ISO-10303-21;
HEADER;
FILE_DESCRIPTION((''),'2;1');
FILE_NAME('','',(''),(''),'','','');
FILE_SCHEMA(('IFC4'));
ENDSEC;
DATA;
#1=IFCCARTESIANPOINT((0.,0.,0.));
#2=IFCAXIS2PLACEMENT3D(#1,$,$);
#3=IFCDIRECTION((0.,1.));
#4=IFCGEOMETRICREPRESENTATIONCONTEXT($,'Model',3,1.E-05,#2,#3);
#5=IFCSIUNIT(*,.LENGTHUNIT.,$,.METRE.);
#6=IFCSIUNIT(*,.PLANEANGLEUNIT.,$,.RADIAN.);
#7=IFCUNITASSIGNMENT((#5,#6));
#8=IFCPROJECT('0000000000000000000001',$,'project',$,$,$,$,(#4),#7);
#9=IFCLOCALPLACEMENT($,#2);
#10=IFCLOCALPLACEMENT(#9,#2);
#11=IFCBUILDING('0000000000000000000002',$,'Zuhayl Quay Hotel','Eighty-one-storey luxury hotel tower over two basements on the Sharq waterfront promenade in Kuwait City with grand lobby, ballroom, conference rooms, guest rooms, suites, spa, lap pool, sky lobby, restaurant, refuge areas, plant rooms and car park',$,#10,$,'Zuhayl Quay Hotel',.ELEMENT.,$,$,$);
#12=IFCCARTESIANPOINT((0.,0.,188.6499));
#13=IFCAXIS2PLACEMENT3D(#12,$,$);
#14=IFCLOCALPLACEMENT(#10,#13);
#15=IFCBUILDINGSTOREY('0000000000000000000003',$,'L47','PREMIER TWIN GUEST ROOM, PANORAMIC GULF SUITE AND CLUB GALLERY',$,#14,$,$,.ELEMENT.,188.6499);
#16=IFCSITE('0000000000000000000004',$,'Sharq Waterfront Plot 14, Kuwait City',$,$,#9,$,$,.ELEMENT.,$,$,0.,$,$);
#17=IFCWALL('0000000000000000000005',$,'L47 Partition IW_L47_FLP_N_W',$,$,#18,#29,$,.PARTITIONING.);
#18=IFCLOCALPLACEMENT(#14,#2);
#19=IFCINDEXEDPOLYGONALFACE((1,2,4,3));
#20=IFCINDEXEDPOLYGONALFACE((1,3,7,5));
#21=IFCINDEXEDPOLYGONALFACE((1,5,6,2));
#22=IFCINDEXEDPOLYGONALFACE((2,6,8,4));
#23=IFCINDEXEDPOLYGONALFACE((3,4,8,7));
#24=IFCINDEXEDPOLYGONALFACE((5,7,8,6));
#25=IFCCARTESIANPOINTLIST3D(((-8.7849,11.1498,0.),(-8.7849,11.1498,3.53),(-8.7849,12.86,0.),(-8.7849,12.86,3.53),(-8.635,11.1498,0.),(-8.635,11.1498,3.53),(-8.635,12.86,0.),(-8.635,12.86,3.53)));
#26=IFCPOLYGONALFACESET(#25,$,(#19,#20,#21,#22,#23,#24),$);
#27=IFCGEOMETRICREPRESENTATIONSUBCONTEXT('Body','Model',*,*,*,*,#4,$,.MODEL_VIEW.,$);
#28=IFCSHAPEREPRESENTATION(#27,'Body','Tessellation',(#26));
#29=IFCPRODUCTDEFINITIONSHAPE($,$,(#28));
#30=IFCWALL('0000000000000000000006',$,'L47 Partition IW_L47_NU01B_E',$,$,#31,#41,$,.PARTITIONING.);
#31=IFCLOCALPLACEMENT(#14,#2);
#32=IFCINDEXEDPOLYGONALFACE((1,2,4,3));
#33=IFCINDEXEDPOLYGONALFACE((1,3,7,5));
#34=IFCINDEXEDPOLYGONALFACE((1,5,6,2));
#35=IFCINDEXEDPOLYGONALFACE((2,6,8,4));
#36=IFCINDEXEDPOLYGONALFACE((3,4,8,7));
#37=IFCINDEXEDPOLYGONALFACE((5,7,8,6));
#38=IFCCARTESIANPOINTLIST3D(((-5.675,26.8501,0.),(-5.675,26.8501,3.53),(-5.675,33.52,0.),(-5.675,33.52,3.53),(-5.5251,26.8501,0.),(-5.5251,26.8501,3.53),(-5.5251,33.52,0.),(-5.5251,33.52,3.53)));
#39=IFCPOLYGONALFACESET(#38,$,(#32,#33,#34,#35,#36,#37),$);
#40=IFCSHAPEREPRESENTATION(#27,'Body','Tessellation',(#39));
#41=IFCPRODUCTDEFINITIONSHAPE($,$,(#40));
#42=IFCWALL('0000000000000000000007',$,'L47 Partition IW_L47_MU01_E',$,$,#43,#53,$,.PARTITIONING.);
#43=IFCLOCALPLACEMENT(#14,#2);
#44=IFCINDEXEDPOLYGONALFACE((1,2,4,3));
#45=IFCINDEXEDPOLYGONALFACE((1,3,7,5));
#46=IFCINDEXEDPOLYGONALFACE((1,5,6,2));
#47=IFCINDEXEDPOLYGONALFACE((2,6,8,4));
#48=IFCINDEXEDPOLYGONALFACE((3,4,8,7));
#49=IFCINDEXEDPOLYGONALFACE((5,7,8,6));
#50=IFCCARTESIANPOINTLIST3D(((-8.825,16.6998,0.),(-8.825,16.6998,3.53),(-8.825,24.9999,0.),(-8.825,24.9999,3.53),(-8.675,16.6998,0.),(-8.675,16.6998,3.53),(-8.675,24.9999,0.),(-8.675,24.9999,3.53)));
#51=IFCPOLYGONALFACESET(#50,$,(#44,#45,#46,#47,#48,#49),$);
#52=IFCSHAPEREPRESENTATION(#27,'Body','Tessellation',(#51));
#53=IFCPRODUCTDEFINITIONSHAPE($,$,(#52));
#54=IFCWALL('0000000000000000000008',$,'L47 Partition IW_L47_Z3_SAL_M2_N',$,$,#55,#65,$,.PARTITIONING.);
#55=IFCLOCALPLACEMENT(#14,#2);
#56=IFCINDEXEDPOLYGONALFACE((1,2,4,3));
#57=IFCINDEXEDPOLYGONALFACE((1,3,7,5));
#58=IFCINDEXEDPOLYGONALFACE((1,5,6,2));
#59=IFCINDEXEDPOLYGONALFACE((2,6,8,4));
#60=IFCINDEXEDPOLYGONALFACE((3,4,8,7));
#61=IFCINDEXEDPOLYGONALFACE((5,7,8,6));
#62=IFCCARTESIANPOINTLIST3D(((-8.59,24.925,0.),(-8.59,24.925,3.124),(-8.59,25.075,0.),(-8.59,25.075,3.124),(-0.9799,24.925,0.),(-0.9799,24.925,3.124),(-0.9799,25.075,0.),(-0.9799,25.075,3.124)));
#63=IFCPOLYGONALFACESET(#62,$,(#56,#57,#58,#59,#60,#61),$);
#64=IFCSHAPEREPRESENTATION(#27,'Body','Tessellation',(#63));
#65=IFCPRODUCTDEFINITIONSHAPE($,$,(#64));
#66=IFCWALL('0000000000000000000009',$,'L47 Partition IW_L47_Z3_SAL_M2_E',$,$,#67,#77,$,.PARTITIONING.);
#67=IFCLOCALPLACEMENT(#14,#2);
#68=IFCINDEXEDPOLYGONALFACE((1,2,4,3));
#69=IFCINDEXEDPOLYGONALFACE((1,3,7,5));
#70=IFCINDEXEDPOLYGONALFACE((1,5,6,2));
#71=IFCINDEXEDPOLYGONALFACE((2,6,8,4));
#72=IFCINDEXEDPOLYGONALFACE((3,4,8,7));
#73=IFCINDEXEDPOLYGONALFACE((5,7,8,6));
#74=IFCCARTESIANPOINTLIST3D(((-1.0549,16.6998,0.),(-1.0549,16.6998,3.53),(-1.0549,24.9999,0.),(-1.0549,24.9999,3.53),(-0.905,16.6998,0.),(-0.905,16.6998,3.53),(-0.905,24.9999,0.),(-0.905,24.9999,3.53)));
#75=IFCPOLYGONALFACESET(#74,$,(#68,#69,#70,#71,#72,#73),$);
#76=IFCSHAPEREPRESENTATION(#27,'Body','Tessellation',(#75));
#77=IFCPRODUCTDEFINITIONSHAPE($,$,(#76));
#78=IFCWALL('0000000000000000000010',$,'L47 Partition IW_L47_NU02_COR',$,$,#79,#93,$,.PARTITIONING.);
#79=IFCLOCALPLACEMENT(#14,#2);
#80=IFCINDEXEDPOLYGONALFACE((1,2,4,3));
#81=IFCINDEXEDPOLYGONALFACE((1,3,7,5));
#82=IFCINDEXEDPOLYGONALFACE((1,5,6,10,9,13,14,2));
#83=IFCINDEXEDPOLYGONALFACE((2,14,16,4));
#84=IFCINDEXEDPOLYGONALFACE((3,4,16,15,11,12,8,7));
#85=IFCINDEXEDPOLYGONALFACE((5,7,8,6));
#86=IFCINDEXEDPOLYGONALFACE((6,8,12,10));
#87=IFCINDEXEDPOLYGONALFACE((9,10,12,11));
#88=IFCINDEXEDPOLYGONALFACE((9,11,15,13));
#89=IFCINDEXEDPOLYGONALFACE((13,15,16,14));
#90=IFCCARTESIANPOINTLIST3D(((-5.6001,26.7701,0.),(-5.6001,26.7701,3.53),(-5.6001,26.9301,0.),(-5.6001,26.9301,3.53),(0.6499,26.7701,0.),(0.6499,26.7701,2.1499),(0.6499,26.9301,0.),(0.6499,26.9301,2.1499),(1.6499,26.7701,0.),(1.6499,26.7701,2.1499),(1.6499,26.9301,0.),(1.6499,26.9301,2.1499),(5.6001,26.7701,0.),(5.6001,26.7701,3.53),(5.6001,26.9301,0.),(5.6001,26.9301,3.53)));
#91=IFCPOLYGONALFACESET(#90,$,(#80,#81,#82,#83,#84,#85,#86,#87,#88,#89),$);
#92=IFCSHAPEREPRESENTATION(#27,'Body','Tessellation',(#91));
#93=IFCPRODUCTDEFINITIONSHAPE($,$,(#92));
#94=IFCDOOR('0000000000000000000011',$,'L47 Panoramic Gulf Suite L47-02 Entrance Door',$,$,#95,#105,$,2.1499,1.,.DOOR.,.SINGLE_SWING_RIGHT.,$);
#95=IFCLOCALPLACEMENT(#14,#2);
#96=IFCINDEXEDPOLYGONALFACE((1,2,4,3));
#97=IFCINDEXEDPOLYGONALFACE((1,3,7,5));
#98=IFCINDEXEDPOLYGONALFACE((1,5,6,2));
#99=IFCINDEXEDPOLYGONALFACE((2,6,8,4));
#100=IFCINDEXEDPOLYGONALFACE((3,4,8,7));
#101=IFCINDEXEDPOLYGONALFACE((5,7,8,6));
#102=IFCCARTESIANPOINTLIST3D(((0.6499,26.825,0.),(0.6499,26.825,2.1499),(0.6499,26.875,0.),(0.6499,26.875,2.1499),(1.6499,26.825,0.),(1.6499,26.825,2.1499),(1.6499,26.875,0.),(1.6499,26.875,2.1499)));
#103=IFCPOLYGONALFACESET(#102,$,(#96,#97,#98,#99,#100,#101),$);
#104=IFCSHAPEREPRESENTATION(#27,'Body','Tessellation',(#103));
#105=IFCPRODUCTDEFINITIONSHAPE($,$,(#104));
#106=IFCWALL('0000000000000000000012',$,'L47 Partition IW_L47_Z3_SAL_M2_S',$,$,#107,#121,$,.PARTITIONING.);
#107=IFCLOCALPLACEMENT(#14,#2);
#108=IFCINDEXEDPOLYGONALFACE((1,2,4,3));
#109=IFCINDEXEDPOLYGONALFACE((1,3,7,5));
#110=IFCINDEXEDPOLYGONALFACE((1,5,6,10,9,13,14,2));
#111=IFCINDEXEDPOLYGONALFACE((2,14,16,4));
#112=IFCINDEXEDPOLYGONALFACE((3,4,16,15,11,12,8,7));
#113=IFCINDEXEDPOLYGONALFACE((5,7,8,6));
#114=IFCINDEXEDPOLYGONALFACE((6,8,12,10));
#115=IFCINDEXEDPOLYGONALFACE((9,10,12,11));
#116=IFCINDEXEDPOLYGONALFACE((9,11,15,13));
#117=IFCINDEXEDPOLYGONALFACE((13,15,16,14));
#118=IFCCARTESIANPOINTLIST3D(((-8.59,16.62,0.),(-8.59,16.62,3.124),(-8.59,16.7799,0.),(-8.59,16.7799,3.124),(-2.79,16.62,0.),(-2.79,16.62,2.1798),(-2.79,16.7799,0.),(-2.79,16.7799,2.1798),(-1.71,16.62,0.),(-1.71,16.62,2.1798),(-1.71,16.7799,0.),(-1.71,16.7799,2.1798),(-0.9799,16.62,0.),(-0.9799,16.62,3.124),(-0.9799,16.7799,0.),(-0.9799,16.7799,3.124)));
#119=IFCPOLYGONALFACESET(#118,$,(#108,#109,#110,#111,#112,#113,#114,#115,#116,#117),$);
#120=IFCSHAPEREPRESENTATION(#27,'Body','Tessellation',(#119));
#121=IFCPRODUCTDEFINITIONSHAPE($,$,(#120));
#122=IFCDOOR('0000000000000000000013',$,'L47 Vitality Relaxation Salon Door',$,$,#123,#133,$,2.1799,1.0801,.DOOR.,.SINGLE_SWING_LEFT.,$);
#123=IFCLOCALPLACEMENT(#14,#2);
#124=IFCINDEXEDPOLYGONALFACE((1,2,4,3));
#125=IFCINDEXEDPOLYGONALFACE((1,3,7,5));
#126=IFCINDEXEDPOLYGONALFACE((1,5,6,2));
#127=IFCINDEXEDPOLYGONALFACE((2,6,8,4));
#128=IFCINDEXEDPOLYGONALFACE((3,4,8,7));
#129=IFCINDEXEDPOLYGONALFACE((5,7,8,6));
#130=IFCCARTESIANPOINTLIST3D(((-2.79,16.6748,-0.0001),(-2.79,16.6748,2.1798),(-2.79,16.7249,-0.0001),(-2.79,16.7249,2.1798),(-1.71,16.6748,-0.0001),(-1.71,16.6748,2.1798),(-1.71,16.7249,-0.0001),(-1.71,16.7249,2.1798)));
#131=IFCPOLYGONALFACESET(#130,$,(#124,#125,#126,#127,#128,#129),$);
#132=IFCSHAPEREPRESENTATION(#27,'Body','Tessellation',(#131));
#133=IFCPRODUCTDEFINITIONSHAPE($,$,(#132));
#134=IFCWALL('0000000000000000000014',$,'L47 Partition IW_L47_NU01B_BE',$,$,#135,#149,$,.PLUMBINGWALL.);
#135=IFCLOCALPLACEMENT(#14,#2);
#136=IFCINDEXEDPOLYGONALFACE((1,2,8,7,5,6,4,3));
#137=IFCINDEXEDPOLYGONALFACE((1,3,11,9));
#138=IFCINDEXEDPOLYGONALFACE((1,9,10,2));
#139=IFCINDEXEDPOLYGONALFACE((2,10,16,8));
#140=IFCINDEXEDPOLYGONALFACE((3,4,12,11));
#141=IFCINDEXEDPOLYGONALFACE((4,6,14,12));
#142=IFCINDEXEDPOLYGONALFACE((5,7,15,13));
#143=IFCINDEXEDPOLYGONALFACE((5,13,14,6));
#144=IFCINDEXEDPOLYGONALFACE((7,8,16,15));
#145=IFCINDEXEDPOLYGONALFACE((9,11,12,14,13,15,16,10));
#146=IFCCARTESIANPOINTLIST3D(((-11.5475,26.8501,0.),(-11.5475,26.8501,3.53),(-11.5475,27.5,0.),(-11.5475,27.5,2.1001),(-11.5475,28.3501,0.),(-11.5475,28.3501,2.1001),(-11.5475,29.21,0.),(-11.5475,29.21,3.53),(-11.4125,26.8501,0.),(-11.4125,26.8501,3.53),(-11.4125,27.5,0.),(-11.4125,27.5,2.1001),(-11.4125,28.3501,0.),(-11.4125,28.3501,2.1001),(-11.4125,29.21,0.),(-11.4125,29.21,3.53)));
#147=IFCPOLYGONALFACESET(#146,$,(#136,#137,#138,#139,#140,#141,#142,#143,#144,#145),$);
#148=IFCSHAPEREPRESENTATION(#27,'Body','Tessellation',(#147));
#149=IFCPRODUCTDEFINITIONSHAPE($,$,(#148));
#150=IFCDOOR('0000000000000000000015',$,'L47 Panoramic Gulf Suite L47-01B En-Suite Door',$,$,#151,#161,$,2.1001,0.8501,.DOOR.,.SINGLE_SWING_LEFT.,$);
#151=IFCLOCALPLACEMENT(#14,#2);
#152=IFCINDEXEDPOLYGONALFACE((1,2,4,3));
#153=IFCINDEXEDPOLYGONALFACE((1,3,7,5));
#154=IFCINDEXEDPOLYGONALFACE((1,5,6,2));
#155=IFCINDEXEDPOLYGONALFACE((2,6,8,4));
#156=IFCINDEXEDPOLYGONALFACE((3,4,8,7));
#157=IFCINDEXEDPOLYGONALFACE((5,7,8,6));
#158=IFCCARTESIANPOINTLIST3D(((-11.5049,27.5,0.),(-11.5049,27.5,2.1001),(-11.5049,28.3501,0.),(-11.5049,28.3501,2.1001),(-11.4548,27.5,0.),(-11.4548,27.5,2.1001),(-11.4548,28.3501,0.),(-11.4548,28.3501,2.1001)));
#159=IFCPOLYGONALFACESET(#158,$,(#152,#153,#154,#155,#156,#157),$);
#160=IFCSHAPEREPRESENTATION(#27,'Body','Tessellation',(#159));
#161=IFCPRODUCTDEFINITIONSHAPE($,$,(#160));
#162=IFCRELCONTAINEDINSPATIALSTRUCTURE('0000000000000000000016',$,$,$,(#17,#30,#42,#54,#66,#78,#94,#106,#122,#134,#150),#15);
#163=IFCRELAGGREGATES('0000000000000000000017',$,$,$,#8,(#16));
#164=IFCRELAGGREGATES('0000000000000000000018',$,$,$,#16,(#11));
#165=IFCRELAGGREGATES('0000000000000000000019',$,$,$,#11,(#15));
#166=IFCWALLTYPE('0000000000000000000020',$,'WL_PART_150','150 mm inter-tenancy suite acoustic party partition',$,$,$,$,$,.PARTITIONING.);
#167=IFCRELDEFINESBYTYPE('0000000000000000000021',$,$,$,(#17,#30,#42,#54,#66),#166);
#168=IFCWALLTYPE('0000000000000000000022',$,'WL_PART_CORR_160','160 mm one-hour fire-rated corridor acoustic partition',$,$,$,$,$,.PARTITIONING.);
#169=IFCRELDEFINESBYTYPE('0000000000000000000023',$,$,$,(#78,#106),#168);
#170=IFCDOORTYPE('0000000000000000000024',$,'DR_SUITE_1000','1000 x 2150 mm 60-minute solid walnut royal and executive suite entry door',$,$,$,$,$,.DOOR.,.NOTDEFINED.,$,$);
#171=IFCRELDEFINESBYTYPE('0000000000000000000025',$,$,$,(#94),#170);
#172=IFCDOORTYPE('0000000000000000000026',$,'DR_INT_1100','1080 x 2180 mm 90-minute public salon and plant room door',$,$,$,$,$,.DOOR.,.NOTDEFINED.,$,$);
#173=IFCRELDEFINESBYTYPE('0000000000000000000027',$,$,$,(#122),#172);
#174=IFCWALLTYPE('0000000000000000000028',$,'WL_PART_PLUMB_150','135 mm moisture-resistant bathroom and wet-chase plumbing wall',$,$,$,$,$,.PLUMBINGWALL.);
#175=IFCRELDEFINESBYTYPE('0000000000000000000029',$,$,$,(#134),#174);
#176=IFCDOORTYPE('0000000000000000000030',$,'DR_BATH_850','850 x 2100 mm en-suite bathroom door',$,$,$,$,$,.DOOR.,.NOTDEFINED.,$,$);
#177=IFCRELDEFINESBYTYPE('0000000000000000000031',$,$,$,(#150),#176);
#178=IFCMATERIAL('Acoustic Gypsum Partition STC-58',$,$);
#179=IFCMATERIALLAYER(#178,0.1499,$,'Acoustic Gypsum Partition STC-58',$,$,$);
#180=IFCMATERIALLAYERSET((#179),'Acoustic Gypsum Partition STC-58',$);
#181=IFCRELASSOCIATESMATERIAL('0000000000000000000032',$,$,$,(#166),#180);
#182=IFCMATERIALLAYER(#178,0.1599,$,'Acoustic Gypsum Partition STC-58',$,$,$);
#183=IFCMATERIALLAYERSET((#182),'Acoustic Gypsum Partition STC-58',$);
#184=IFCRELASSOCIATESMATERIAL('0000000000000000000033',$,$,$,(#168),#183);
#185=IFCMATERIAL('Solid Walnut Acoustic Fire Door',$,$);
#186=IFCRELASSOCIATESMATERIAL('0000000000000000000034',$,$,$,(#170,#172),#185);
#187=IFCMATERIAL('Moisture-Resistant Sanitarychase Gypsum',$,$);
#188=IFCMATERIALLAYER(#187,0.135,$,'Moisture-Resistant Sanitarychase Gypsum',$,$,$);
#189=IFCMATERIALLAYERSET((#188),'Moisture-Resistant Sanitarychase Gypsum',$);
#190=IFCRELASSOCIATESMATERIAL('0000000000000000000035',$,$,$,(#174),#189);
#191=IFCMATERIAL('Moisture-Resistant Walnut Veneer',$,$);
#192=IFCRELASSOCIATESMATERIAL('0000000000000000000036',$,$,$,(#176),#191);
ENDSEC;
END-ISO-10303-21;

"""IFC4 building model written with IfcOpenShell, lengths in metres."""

from ifc_helpers import new_model, si_unit, direction, frame, frame_2d, origin, place, context, subcontext, project, spatial, rectangle, extrude, material, layer, layer_set, type_object, element, fill, save


model = new_model("IFC4")

# Units and contexts
model_context = context("Model", 3, precision=1e-05, world=origin(), true_north=direction((0.0, 1.0)))
body_context = subcontext(model_context, "Body", "Model", "MODEL_VIEW")
ifc_project = project(units=[si_unit("LENGTHUNIT", "METRE"), si_unit("PLANEANGLEUNIT", "RADIAN")], contexts=[model_context])

# Site, building, storey
site_placement = place(None, origin())
site = spatial("IfcSite", under=ifc_project, at=site_placement, Name="Sharq Waterfront Plot 14, Kuwait City", CompositionType="ELEMENT", RefElevation=0.0)
building_placement = place(site_placement, origin())
building = spatial("IfcBuilding", under=site, at=building_placement, Name="Zuhayl Quay Hotel", Description="Eighty-one-storey luxury hotel tower over two basements on the Sharq waterfront promenade in Kuwait City with grand lobby, ballroom, conference rooms, guest rooms, suites, spa, lap pool, sky lobby, restaurant, refuge areas, plant rooms and car park", LongName="Zuhayl Quay Hotel", CompositionType="ELEMENT")
storey_placement = place(building_placement, frame((0.0, 0.0, 188.6499)))
storey = spatial("IfcBuildingStorey", under=building, at=storey_placement, Name="L47", Description="PREMIER TWIN GUEST ROOM, PANORAMIC GULF SUITE AND CLUB GALLERY", CompositionType="ELEMENT", Elevation=188.6499)

# Shared definitions
ifc_material_1 = material(Name="Acoustic Gypsum Partition STC-58")
ifc_layer_1 = layer(ifc_material_1, 0.1499, Name="Acoustic Gypsum Partition STC-58")
ifc_layer_set_1 = layer_set([ifc_layer_1], Name="Acoustic Gypsum Partition STC-58")
wall_type_1 = type_object("IfcWallType", Name="WL_PART_150", Description="150 mm inter-tenancy suite acoustic party partition", PredefinedType="PARTITIONING", material=ifc_layer_set_1)

# Walls
wall_1_placement = place(storey_placement, frame((-8.71, 11.1499, 0.0), z_axis=(0.0, 0.0, 1.0), x_axis=(0.0, 1.0, 0.0)))
element("IfcWall", 1, at=wall_1_placement, inside=storey, type_object=wall_type_1, Name="L47 Partition IW_L47_FLP_N_W", PredefinedType="PARTITIONING", context=body_context, shape_type="SweptSolid", body=[
    extrude(rectangle(XDim=1.7102, YDim=0.1499, at=frame_2d((0.855, 0.0))), origin(), (0.0, 0.0, 1.0), 3.53),
])
wall_2_placement = place(storey_placement, frame((-5.6001, 26.8501, 0.0), z_axis=(0.0, 0.0, 1.0), x_axis=(0.0, 1.0, 0.0)))
element("IfcWall", 2, at=wall_2_placement, inside=storey, type_object=wall_type_1, Name="L47 Partition IW_L47_NU01B_E", PredefinedType="PARTITIONING", context=body_context, shape_type="SweptSolid", body=[
    extrude(rectangle(XDim=6.6699, YDim=0.1499, at=frame_2d((3.335, 0.0))), origin(), (0.0, 0.0, 1.0), 3.53),
])
wall_3_placement = place(storey_placement, frame((-8.75, 16.7, 0.0), z_axis=(0.0, 0.0, 1.0), x_axis=(0.0, 1.0, 0.0)))
element("IfcWall", 3, at=wall_3_placement, inside=storey, type_object=wall_type_1, Name="L47 Partition IW_L47_MU01_E", PredefinedType="PARTITIONING", context=body_context, shape_type="SweptSolid", body=[
    extrude(rectangle(XDim=8.3, YDim=0.1499, at=frame_2d((4.1499, 0.0))), origin(), (0.0, 0.0, 1.0), 3.53),
])
wall_4_placement = place(storey_placement, frame((-8.5901, 25.0, 0.0), z_axis=(0.0, 0.0, 1.0), x_axis=(1.0, 0.0, 0.0)))
element("IfcWall", 4, at=wall_4_placement, inside=storey, type_object=wall_type_1, Name="L47 Partition IW_L47_Z3_SAL_M2_N", PredefinedType="PARTITIONING", context=body_context, shape_type="SweptSolid", body=[
    extrude(rectangle(XDim=7.6101, YDim=0.1499, at=frame_2d((3.8052, 0.0))), origin(), (0.0, 0.0, 1.0), 3.124),
])
wall_5_placement = place(storey_placement, frame((-0.98, 16.7, 0.0), z_axis=(0.0, 0.0, 1.0), x_axis=(0.0, 1.0, 0.0)))
element("IfcWall", 5, at=wall_5_placement, inside=storey, type_object=wall_type_1, Name="L47 Partition IW_L47_Z3_SAL_M2_E", PredefinedType="PARTITIONING", context=body_context, shape_type="SweptSolid", body=[
    extrude(rectangle(XDim=8.3, YDim=0.1499, at=frame_2d((4.1499, 0.0))), origin(), (0.0, 0.0, 1.0), 3.53),
])

# Walls, openings, doors
ifc_layer_2 = layer(ifc_material_1, 0.1599, Name="Acoustic Gypsum Partition STC-58")
ifc_layer_set_2 = layer_set([ifc_layer_2], Name="Acoustic Gypsum Partition STC-58")
wall_type_2 = type_object("IfcWallType", Name="WL_PART_CORR_160", Description="160 mm one-hour fire-rated corridor acoustic partition", PredefinedType="PARTITIONING", material=ifc_layer_set_2)
wall_6_placement = place(storey_placement, frame((-5.6001, 26.8501, 0.0), z_axis=(0.0, 0.0, 1.0), x_axis=(1.0, 0.0, 0.0)))
wall_6 = element("IfcWall", 6, at=wall_6_placement, inside=storey, type_object=wall_type_2, Name="L47 Partition IW_L47_NU02_COR", PredefinedType="PARTITIONING", context=body_context, shape_type="SweptSolid", body=[
    extrude(rectangle(XDim=11.2002, YDim=0.1599, at=frame_2d((5.6001, 0.0))), origin(), (0.0, 0.0, 1.0), 3.53),
])
opening_1_placement = place(wall_6_placement, frame((6.25, 0.0, 0.0)))
opening_1 = element("IfcOpeningElement", 7, at=opening_1_placement, cuts=wall_6, PredefinedType="OPENING", context=body_context, shape_type="SweptSolid", body=[
    extrude(rectangle(XDim=1.0, YDim=2.1499, at=frame_2d((0.5, 1.075))), frame((0.0, 0.0898, 0.0), z_axis=(0.0, -1.0, 0.0), x_axis=(1.0, 0.0, 0.0)), (0.0, 0.0, 1.0), 0.1799),
])
ifc_material_2 = material(Name="Solid Walnut Acoustic Fire Door")
door_type_1 = type_object("IfcDoorType", Name="DR_SUITE_1000", Description="1000 x 2150 mm 60-minute solid walnut royal and executive suite entry door", OperationType="NOTDEFINED", PredefinedType="DOOR", material=ifc_material_2)
door_1_placement = place(opening_1_placement, origin())
door_1 = element("IfcDoor", 8, at=door_1_placement, inside=storey, type_object=door_type_1, Name="L47 Panoramic Gulf Suite L47-02 Entrance Door", OperationType="SINGLE_SWING_RIGHT", OverallHeight=2.1499, OverallWidth=1.0, PredefinedType="DOOR", context=body_context, shape_type="SweptSolid", body=[
    extrude(rectangle(XDim=1.0, YDim=2.1499, at=frame_2d((0.5, 1.075))), frame((0.0, 0.0249, 0.0), z_axis=(0.0, -1.0, 0.0), x_axis=(1.0, 0.0, 0.0)), (0.0, 0.0, 1.0), 0.05),
])
fill(opening_1, door_1)
wall_7_placement = place(storey_placement, frame((-8.5901, 16.7, 0.0), z_axis=(0.0, 0.0, 1.0), x_axis=(1.0, 0.0, 0.0)))
wall_7 = element("IfcWall", 9, at=wall_7_placement, inside=storey, type_object=wall_type_2, Name="L47 Partition IW_L47_Z3_SAL_M2_S", PredefinedType="PARTITIONING", context=body_context, shape_type="SweptSolid", body=[
    extrude(rectangle(XDim=7.6101, YDim=0.1599, at=frame_2d((3.8052, 0.0))), origin(), (0.0, 0.0, 1.0), 3.124),
])
opening_2_placement = place(wall_7_placement, frame((5.8, 0.0, 0.0)))
opening_2 = element("IfcOpeningElement", 10, at=opening_2_placement, cuts=wall_7, PredefinedType="OPENING", context=body_context, shape_type="SweptSolid", body=[
    extrude(rectangle(XDim=1.0801, YDim=2.1799, at=frame_2d((0.54, 1.0898))), frame((0.0, 0.0898, 0.0), z_axis=(0.0, -1.0, 0.0), x_axis=(1.0, 0.0, 0.0)), (0.0, 0.0, 1.0), 0.1799),
])
door_type_2 = type_object("IfcDoorType", Name="DR_INT_1100", Description="1080 x 2180 mm 90-minute public salon and plant room door", OperationType="NOTDEFINED", PredefinedType="DOOR", material=ifc_material_2)
door_2_placement = place(opening_2_placement, origin())
door_2 = element("IfcDoor", 11, at=door_2_placement, inside=storey, type_object=door_type_2, Name="L47 Vitality Relaxation Salon Door", OperationType="SINGLE_SWING_LEFT", OverallHeight=2.1799, OverallWidth=1.0801, PredefinedType="DOOR", context=body_context, shape_type="SweptSolid", body=[
    extrude(rectangle(XDim=1.0801, YDim=2.1799, at=frame_2d((0.54, 1.0898))), frame((0.0, 0.0249, 0.0), z_axis=(0.0, -1.0, 0.0), x_axis=(1.0, 0.0, 0.0)), (0.0, 0.0, 1.0), 0.05),
])
fill(opening_2, door_2)
ifc_material_3 = material(Name="Moisture-Resistant Sanitarychase Gypsum")
ifc_layer_3 = layer(ifc_material_3, 0.135, Name="Moisture-Resistant Sanitarychase Gypsum")
ifc_layer_set_3 = layer_set([ifc_layer_3], Name="Moisture-Resistant Sanitarychase Gypsum")
wall_type_3 = type_object("IfcWallType", Name="WL_PART_PLUMB_150", Description="135 mm moisture-resistant bathroom and wet-chase plumbing wall", PredefinedType="PLUMBINGWALL", material=ifc_layer_set_3)
wall_8_placement = place(storey_placement, frame((-11.48, 26.8501, 0.0), z_axis=(0.0, 0.0, 1.0), x_axis=(0.0, 1.0, 0.0)))
wall_8 = element("IfcWall", 12, at=wall_8_placement, inside=storey, type_object=wall_type_3, Name="L47 Partition IW_L47_NU01B_BE", PredefinedType="PLUMBINGWALL", context=body_context, shape_type="SweptSolid", body=[
    extrude(rectangle(XDim=2.3599, YDim=0.135, at=frame_2d((1.1799, 0.0))), origin(), (0.0, 0.0, 1.0), 3.53),
])
opening_3_placement = place(wall_8_placement, frame((0.6499, 0.0, 0.0)))
opening_3 = element("IfcOpeningElement", 13, at=opening_3_placement, cuts=wall_8, PredefinedType="OPENING", context=body_context, shape_type="SweptSolid", body=[
    extrude(rectangle(XDim=0.8501, YDim=2.1001, at=frame_2d((0.425, 1.05))), frame((0.0, 0.0774, 0.0), z_axis=(0.0, -1.0, 0.0), x_axis=(1.0, 0.0, 0.0)), (0.0, 0.0, 1.0), 0.155),
])
ifc_material_4 = material(Name="Moisture-Resistant Walnut Veneer")
door_type_3 = type_object("IfcDoorType", Name="DR_BATH_850", Description="850 x 2100 mm en-suite bathroom door", OperationType="NOTDEFINED", PredefinedType="DOOR", material=ifc_material_4)
door_3_placement = place(opening_3_placement, origin())
door_3 = element("IfcDoor", 14, at=door_3_placement, inside=storey, type_object=door_type_3, Name="L47 Panoramic Gulf Suite L47-01B En-Suite Door", OperationType="SINGLE_SWING_LEFT", OverallHeight=2.1001, OverallWidth=0.8501, PredefinedType="DOOR", context=body_context, shape_type="SweptSolid", body=[
    extrude(rectangle(XDim=0.8501, YDim=2.1001, at=frame_2d((0.425, 1.05))), frame((0.0, 0.0249, 0.0), z_axis=(0.0, -1.0, 0.0), x_axis=(1.0, 0.0, 0.0)), (0.0, 0.0, 1.0), 0.05),
])
fill(opening_3, door_3)

save(model, "model.ifc")
